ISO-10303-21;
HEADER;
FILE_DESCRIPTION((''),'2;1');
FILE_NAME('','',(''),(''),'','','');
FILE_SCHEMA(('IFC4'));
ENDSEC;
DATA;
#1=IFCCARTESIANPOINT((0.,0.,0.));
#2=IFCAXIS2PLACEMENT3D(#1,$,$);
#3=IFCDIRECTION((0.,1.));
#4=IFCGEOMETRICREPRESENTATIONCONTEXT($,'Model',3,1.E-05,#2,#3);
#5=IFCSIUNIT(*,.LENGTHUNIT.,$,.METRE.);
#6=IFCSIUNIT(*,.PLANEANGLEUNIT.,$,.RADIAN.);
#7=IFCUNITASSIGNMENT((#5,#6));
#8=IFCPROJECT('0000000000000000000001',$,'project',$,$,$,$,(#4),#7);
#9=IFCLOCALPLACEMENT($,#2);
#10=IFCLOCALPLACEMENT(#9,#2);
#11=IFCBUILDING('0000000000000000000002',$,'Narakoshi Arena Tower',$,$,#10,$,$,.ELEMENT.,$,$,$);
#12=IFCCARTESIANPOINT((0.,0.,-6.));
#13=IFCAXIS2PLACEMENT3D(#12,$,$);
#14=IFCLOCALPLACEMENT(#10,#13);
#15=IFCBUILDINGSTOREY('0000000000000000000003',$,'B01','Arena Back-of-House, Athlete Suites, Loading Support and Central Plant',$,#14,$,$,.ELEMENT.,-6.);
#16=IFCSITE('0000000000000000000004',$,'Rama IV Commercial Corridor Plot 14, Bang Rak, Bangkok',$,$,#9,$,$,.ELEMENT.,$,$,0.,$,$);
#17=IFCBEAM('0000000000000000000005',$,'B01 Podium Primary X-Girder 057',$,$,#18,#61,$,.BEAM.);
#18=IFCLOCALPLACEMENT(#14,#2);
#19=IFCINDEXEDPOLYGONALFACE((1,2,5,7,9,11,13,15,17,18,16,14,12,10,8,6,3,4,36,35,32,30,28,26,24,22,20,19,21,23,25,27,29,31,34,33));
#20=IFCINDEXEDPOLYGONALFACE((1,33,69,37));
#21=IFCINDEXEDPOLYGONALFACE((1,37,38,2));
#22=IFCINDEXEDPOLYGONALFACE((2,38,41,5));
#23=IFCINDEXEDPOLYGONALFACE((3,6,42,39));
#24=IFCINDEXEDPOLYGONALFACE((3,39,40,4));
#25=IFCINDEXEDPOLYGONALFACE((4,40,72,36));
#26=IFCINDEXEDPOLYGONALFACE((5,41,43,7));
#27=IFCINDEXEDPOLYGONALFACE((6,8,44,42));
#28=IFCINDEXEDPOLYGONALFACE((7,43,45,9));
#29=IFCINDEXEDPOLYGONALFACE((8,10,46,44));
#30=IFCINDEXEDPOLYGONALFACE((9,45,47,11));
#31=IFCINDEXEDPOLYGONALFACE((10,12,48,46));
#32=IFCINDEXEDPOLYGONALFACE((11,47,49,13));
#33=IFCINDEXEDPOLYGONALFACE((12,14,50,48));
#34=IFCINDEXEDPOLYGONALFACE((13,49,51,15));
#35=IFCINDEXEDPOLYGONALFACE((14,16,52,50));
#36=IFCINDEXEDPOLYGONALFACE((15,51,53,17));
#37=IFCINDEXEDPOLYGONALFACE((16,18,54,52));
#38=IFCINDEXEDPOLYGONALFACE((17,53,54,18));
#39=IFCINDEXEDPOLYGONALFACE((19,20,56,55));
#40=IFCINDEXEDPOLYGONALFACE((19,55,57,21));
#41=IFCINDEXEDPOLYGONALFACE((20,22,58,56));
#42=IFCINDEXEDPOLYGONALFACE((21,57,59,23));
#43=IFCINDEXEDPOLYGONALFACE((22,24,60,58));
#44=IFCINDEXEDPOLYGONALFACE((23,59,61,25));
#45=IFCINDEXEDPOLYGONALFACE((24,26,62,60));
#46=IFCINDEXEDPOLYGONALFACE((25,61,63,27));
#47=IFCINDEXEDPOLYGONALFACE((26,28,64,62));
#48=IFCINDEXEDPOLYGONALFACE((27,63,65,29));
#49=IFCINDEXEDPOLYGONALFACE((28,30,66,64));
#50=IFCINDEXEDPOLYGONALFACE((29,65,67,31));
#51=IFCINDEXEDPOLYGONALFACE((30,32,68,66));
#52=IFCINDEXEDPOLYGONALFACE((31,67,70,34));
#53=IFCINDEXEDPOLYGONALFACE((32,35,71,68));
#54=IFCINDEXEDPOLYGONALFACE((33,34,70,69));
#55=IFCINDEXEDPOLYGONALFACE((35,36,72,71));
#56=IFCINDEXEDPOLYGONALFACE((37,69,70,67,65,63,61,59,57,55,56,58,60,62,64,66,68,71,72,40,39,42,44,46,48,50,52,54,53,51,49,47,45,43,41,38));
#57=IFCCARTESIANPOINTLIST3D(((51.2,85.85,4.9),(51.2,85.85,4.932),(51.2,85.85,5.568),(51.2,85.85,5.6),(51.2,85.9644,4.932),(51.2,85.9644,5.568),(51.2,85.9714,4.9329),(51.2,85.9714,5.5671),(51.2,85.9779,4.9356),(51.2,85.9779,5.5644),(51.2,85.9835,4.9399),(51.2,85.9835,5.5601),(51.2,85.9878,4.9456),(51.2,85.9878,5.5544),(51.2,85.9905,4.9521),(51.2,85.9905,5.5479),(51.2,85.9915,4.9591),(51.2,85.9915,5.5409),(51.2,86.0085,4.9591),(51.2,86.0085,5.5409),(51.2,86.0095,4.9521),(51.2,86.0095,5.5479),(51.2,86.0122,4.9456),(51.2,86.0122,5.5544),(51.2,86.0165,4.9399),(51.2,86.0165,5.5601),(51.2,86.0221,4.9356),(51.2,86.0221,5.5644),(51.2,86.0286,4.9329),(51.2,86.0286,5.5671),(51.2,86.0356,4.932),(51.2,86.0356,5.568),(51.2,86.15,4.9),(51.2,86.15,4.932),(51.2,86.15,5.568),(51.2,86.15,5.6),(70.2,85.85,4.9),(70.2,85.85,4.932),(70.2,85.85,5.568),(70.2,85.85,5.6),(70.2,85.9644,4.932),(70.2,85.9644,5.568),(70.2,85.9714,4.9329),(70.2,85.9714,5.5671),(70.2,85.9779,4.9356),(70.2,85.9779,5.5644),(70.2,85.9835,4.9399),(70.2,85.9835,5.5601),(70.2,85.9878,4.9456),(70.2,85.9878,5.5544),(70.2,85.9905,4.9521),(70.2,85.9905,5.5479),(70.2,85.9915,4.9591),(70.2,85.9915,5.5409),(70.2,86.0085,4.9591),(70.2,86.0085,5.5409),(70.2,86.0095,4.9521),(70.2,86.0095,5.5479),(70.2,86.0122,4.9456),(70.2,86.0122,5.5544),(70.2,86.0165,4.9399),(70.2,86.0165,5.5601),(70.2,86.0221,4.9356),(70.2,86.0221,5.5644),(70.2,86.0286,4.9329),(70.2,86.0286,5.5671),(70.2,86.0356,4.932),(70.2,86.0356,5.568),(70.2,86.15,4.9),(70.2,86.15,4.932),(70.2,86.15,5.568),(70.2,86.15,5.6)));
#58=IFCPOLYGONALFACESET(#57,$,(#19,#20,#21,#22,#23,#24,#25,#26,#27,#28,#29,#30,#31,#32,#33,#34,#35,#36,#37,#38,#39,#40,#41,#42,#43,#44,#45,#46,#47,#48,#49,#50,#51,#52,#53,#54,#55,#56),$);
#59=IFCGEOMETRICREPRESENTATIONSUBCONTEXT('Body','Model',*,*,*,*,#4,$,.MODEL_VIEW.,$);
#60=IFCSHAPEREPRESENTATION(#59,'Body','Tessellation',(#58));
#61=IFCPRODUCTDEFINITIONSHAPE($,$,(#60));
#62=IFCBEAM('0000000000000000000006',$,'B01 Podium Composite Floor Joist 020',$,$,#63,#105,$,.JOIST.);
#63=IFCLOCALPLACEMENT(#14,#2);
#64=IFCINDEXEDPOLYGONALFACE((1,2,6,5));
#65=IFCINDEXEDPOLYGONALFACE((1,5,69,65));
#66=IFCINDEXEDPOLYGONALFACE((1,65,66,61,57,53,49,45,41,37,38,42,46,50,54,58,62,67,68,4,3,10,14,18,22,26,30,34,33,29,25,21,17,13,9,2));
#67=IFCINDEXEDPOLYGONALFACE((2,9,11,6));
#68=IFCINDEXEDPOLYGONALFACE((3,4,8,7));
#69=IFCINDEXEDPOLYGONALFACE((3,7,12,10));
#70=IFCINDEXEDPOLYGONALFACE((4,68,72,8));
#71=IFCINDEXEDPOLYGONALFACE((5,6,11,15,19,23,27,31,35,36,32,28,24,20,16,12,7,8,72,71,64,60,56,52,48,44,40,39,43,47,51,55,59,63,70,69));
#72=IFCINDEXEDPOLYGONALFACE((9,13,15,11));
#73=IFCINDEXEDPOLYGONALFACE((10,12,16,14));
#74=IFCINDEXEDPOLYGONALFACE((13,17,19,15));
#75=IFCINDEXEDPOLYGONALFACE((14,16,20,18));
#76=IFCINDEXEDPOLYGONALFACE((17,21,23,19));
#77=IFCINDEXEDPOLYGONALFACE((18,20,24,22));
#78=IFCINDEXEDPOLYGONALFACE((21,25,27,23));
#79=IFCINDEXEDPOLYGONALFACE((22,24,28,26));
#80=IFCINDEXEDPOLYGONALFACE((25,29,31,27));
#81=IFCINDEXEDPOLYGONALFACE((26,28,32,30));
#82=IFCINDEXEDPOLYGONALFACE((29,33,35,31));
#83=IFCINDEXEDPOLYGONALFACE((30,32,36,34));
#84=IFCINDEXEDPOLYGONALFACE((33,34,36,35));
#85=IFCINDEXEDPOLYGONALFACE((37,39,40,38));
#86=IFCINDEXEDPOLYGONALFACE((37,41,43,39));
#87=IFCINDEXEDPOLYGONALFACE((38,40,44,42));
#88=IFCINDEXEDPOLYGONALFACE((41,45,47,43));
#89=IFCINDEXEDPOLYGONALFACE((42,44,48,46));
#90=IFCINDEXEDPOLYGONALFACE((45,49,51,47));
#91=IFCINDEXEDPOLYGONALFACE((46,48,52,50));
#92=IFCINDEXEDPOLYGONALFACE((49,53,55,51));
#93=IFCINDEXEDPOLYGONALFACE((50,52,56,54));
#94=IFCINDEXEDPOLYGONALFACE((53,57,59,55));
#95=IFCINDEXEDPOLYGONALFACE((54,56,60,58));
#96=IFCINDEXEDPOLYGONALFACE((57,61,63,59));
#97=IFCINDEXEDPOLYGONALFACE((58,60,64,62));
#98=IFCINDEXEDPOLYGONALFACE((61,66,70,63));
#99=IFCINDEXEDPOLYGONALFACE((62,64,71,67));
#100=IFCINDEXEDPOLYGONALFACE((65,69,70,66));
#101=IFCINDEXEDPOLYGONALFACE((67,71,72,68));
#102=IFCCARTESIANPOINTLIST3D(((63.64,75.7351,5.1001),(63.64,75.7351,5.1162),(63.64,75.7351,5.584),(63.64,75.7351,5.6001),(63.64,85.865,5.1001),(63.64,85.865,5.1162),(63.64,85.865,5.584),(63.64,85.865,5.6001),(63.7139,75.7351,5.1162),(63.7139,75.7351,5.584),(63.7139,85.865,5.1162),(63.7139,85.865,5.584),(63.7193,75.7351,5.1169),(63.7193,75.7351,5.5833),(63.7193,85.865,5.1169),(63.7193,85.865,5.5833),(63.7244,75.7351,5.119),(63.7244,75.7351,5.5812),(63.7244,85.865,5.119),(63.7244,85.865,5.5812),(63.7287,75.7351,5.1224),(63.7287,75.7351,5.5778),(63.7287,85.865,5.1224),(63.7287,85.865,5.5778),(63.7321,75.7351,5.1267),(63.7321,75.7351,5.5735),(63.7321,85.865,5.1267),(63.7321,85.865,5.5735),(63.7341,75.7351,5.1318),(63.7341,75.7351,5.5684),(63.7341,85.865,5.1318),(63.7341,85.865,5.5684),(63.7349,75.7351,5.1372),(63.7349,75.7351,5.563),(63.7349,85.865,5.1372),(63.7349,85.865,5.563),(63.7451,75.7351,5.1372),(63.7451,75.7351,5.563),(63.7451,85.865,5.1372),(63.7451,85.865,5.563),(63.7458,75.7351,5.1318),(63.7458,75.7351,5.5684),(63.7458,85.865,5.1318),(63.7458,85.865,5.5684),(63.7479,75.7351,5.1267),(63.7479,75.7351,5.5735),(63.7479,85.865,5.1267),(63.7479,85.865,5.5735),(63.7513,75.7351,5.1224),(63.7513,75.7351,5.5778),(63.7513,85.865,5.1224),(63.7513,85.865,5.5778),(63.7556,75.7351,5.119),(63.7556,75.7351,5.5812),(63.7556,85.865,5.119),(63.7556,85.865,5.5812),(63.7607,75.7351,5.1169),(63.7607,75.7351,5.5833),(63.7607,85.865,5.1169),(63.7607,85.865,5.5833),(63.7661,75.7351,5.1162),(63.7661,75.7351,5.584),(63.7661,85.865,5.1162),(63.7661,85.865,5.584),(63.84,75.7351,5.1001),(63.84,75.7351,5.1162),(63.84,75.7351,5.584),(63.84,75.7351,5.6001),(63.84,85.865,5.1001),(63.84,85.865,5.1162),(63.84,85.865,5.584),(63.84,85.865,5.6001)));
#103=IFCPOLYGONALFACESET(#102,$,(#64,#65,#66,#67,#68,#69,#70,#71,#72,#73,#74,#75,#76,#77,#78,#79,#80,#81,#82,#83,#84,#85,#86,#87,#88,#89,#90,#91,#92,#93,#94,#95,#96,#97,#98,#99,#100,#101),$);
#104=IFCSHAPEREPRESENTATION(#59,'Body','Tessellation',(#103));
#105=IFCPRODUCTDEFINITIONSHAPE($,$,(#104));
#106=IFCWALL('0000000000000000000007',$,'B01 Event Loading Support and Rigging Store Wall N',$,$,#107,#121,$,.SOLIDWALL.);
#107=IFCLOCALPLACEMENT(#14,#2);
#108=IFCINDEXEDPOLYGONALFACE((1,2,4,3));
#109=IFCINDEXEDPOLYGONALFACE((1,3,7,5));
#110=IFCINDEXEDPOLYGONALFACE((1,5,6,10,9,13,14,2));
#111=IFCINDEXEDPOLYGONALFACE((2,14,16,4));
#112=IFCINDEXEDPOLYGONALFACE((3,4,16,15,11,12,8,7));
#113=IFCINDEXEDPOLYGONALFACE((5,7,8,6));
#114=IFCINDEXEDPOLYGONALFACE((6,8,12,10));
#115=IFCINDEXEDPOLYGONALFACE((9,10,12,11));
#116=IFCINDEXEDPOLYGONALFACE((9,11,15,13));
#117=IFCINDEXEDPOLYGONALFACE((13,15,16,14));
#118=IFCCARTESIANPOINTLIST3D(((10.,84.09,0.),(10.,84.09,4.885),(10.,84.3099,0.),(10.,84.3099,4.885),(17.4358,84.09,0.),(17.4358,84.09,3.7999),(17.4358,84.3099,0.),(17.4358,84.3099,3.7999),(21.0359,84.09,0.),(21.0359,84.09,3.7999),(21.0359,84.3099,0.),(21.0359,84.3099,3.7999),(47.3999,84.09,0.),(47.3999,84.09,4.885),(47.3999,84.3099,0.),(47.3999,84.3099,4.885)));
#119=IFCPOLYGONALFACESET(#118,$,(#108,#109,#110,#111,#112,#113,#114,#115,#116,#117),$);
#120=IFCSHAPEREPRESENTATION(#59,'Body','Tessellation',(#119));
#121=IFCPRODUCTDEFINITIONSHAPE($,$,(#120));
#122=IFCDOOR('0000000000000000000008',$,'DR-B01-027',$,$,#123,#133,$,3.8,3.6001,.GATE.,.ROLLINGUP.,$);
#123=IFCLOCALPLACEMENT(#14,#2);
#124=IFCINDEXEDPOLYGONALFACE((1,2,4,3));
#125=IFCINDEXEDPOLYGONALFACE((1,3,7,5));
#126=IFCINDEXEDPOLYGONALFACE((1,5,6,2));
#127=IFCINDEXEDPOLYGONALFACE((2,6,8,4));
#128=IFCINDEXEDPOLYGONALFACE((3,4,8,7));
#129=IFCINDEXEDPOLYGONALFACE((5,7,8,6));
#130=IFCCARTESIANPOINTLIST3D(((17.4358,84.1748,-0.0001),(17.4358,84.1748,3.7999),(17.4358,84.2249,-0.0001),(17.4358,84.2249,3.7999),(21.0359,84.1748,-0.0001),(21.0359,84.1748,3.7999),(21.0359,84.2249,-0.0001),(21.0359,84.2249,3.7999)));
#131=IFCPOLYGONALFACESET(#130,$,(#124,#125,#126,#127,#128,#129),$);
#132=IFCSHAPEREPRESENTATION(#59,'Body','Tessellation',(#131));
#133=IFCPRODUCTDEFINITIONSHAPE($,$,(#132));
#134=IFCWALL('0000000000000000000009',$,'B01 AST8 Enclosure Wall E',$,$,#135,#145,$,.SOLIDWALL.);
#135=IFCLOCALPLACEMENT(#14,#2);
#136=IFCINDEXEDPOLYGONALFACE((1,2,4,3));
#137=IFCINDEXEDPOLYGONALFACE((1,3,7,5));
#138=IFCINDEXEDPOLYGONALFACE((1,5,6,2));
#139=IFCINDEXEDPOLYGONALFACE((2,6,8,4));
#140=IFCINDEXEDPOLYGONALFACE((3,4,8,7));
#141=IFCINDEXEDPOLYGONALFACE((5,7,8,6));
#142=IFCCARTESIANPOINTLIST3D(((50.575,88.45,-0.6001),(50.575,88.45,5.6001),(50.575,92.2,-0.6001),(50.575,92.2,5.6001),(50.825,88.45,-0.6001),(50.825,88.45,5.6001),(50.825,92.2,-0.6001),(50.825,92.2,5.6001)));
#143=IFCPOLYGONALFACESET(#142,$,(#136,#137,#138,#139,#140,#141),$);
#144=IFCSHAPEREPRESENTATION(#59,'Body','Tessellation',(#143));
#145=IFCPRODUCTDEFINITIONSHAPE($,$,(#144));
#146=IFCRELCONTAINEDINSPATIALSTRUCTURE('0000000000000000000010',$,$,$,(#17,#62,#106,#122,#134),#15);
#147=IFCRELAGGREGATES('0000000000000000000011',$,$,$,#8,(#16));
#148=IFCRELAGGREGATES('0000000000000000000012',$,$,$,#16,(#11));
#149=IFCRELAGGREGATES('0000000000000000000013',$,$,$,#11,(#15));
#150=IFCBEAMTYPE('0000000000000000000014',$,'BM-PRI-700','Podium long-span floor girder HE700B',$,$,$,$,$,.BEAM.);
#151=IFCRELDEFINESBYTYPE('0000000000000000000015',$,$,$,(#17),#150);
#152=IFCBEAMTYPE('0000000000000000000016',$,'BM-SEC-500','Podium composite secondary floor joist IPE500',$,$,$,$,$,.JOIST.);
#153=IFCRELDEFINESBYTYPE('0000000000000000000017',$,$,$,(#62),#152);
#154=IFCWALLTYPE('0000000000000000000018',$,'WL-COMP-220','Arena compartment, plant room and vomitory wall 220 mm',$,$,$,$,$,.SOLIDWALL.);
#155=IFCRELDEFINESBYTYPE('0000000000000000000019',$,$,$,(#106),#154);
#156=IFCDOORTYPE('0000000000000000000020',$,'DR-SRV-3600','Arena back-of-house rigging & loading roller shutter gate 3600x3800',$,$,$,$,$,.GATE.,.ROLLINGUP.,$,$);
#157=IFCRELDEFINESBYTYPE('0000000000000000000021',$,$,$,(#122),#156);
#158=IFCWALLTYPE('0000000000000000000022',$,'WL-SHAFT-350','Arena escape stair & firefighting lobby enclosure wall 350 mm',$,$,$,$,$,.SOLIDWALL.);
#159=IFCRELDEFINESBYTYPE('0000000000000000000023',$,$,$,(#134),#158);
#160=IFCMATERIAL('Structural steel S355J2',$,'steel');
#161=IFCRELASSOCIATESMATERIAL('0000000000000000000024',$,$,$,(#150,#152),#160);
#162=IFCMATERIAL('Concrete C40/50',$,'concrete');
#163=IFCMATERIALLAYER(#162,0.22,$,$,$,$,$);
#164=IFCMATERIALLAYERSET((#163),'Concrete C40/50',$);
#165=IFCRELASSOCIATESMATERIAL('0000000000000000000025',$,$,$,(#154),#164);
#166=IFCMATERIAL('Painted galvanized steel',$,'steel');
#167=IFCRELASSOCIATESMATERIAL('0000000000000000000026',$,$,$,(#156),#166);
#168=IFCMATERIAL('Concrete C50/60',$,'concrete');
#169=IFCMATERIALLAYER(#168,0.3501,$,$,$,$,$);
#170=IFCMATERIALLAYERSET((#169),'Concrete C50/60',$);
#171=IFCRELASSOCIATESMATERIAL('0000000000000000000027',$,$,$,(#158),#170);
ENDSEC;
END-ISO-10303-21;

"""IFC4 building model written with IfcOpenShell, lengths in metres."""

from ifc_helpers import new_model, si_unit, direction, frame, frame_2d, origin, origin_2d, place, context, subcontext, project, spatial, rectangle, i_section, extrude, material, layer, layer_set, material_profile, profile_set, type_object, element, fill, save


model = new_model("IFC4")

# Units and contexts
model_context = context("Model", 3, precision=1e-05, world=origin(), true_north=direction((0.0, 1.0)))
body_context = subcontext(model_context, "Body", "Model", "MODEL_VIEW")
ifc_project = project(units=[si_unit("LENGTHUNIT", "METRE"), si_unit("PLANEANGLEUNIT", "RADIAN")], contexts=[model_context])

# Site, building, storey
site_placement = place(None, origin())
site = spatial("IfcSite", under=ifc_project, at=site_placement, Name="Rama IV Commercial Corridor Plot 14, Bang Rak, Bangkok", CompositionType="ELEMENT", RefElevation=0.0)
building_placement = place(site_placement, origin())
building = spatial("IfcBuilding", under=site, at=building_placement, Name="Narakoshi Arena Tower", CompositionType="ELEMENT")
storey_placement = place(building_placement, frame((0.0, 0.0, -6.0)))
storey = spatial("IfcBuildingStorey", under=building, at=storey_placement, Name="B01", Description="Arena Back-of-House, Athlete Suites, Loading Support and Central Plant", CompositionType="ELEMENT", Elevation=-6.0)

# Shared definitions
ifc_material_1 = material(Name="Concrete C40/50", Category="concrete")

# Shared definitions
ifc_material_2 = material(Name="Structural steel S355J2", Category="steel")

# Beams
ifc_material_profile_1 = material_profile(ifc_material_2, i_section(OverallWidth=0.3, OverallDepth=0.7, WebThickness=0.0171, FlangeThickness=0.032, FilletRadius=0.0271, at=origin_2d()), Name="HE700B")
ifc_profile_set_1 = profile_set([ifc_material_profile_1], Name="Structural steel S355J2")
beam_type_1 = type_object("IfcBeamType", Name="BM-PRI-700", Description="Podium long-span floor girder HE700B", PredefinedType="BEAM", material=ifc_profile_set_1)
beam_1_placement = place(storey_placement, frame((51.2, 86.0, 5.25), z_axis=(1.0, 0.0, 0.0), x_axis=(0.0, 1.0, 0.0)))
element("IfcBeam", 1, at=beam_1_placement, inside=storey, type_object=beam_type_1, Name="B01 Podium Primary X-Girder 057", PredefinedType="BEAM", context=body_context, shape_type="SweptSolid", body=[
    extrude(i_section(OverallWidth=0.3, OverallDepth=0.7, WebThickness=0.0171, FlangeThickness=0.032, FilletRadius=0.0271, at=origin_2d()), origin(), (0.0, 0.0, 1.0), 19.0),
])
ifc_material_profile_2 = material_profile(ifc_material_2, i_section(OverallWidth=0.2, OverallDepth=0.5, WebThickness=0.0103, FlangeThickness=0.0161, FilletRadius=0.021, at=origin_2d()), Name="IPE500")
ifc_profile_set_2 = profile_set([ifc_material_profile_2], Name="Structural steel S355J2")
beam_type_2 = type_object("IfcBeamType", Name="BM-SEC-500", Description="Podium composite secondary floor joist IPE500", PredefinedType="JOIST", material=ifc_profile_set_2)
beam_2_placement = place(storey_placement, frame((63.74, 75.7351, 5.3501), z_axis=(0.0, 1.0, 0.0), x_axis=(-1.0, 0.0, 0.0)))
element("IfcBeam", 2, at=beam_2_placement, inside=storey, type_object=beam_type_2, Name="B01 Podium Composite Floor Joist 020", PredefinedType="JOIST", context=body_context, shape_type="SweptSolid", body=[
    extrude(i_section(OverallWidth=0.2, OverallDepth=0.5, WebThickness=0.0103, FlangeThickness=0.0161, FilletRadius=0.021, at=origin_2d()), origin(), (0.0, 0.0, 1.0), 10.1299),
])

# Wall, opening, door
ifc_layer_1 = layer(ifc_material_1, 0.22)
ifc_layer_set_1 = layer_set([ifc_layer_1], Name="Concrete C40/50")
wall_type_1 = type_object("IfcWallType", Name="WL-COMP-220", Description="Arena compartment, plant room and vomitory wall 220 mm", PredefinedType="SOLIDWALL", material=ifc_layer_set_1)
wall_1_placement = place(storey_placement, frame((47.3999, 84.2, 0.0), z_axis=(0.0, 0.0, 1.0), x_axis=(-1.0, 0.0, 0.0)))
wall_1 = element("IfcWall", 3, at=wall_1_placement, inside=storey, type_object=wall_type_1, Name="B01 Event Loading Support and Rigging Store Wall N", PredefinedType="SOLIDWALL", context=body_context, shape_type="SweptSolid", body=[
    extrude(rectangle(XDim=37.3999, YDim=0.22, at=frame_2d((18.7, 0.0))), origin(), (0.0, 0.0, 1.0), 4.885),
])
opening_placement = place(wall_1_placement, frame((26.364, 0.0, 0.0)))
opening = element("IfcOpeningElement", 4, at=opening_placement, cuts=wall_1, PredefinedType="OPENING", context=body_context, shape_type="SweptSolid", body=[
    extrude(rectangle(XDim=3.6001, YDim=3.8, at=frame_2d((1.8, 1.8999))), frame((0.0, 0.1199, 0.0), z_axis=(0.0, -1.0, 0.0), x_axis=(1.0, 0.0, 0.0)), (0.0, 0.0, 1.0), 0.24),
])
ifc_material_3 = material(Name="Painted galvanized steel", Category="steel")
door_type = type_object("IfcDoorType", Name="DR-SRV-3600", Description="Arena back-of-house rigging & loading roller shutter gate 3600x3800", OperationType="ROLLINGUP", PredefinedType="GATE", material=ifc_material_3)
door_placement = place(opening_placement, frame((3.6001, 0.0, 0.0), z_axis=(0.0, 0.0, 1.0), x_axis=(-1.0, 0.0, 0.0)))
door = element("IfcDoor", 5, at=door_placement, inside=storey, type_object=door_type, Name="DR-B01-027", OperationType="ROLLINGUP", OverallHeight=3.8, OverallWidth=3.6001, PredefinedType="GATE", context=body_context, shape_type="SweptSolid", body=[
    extrude(rectangle(XDim=3.6001, YDim=3.8, at=frame_2d((1.8, 1.8999))), frame((0.0, 0.0249, 0.0), z_axis=(0.0, -1.0, 0.0), x_axis=(1.0, 0.0, 0.0)), (0.0, 0.0, 1.0), 0.05),
])
fill(opening, door)

# Wall
ifc_material_4 = material(Name="Concrete C50/60", Category="concrete")
ifc_layer_2 = layer(ifc_material_4, 0.3501)
ifc_layer_set_2 = layer_set([ifc_layer_2], Name="Concrete C50/60")
wall_type_2 = type_object("IfcWallType", Name="WL-SHAFT-350", Description="Arena escape stair & firefighting lobby enclosure wall 350 mm", PredefinedType="SOLIDWALL", material=ifc_layer_set_2)
wall_2_placement = place(storey_placement, frame((50.7, 88.45, -0.6001), z_axis=(0.0, 0.0, 1.0), x_axis=(0.0, 1.0, 0.0)))
element("IfcWall", 6, at=wall_2_placement, inside=storey, type_object=wall_type_2, Name="B01 AST8 Enclosure Wall E", PredefinedType="SOLIDWALL", context=body_context, shape_type="SweptSolid", body=[
    extrude(rectangle(XDim=3.75, YDim=0.25, at=frame_2d((1.875, 0.0))), origin(), (0.0, 0.0, 1.0), 6.2002),
])

save(model, "model.ifc")
